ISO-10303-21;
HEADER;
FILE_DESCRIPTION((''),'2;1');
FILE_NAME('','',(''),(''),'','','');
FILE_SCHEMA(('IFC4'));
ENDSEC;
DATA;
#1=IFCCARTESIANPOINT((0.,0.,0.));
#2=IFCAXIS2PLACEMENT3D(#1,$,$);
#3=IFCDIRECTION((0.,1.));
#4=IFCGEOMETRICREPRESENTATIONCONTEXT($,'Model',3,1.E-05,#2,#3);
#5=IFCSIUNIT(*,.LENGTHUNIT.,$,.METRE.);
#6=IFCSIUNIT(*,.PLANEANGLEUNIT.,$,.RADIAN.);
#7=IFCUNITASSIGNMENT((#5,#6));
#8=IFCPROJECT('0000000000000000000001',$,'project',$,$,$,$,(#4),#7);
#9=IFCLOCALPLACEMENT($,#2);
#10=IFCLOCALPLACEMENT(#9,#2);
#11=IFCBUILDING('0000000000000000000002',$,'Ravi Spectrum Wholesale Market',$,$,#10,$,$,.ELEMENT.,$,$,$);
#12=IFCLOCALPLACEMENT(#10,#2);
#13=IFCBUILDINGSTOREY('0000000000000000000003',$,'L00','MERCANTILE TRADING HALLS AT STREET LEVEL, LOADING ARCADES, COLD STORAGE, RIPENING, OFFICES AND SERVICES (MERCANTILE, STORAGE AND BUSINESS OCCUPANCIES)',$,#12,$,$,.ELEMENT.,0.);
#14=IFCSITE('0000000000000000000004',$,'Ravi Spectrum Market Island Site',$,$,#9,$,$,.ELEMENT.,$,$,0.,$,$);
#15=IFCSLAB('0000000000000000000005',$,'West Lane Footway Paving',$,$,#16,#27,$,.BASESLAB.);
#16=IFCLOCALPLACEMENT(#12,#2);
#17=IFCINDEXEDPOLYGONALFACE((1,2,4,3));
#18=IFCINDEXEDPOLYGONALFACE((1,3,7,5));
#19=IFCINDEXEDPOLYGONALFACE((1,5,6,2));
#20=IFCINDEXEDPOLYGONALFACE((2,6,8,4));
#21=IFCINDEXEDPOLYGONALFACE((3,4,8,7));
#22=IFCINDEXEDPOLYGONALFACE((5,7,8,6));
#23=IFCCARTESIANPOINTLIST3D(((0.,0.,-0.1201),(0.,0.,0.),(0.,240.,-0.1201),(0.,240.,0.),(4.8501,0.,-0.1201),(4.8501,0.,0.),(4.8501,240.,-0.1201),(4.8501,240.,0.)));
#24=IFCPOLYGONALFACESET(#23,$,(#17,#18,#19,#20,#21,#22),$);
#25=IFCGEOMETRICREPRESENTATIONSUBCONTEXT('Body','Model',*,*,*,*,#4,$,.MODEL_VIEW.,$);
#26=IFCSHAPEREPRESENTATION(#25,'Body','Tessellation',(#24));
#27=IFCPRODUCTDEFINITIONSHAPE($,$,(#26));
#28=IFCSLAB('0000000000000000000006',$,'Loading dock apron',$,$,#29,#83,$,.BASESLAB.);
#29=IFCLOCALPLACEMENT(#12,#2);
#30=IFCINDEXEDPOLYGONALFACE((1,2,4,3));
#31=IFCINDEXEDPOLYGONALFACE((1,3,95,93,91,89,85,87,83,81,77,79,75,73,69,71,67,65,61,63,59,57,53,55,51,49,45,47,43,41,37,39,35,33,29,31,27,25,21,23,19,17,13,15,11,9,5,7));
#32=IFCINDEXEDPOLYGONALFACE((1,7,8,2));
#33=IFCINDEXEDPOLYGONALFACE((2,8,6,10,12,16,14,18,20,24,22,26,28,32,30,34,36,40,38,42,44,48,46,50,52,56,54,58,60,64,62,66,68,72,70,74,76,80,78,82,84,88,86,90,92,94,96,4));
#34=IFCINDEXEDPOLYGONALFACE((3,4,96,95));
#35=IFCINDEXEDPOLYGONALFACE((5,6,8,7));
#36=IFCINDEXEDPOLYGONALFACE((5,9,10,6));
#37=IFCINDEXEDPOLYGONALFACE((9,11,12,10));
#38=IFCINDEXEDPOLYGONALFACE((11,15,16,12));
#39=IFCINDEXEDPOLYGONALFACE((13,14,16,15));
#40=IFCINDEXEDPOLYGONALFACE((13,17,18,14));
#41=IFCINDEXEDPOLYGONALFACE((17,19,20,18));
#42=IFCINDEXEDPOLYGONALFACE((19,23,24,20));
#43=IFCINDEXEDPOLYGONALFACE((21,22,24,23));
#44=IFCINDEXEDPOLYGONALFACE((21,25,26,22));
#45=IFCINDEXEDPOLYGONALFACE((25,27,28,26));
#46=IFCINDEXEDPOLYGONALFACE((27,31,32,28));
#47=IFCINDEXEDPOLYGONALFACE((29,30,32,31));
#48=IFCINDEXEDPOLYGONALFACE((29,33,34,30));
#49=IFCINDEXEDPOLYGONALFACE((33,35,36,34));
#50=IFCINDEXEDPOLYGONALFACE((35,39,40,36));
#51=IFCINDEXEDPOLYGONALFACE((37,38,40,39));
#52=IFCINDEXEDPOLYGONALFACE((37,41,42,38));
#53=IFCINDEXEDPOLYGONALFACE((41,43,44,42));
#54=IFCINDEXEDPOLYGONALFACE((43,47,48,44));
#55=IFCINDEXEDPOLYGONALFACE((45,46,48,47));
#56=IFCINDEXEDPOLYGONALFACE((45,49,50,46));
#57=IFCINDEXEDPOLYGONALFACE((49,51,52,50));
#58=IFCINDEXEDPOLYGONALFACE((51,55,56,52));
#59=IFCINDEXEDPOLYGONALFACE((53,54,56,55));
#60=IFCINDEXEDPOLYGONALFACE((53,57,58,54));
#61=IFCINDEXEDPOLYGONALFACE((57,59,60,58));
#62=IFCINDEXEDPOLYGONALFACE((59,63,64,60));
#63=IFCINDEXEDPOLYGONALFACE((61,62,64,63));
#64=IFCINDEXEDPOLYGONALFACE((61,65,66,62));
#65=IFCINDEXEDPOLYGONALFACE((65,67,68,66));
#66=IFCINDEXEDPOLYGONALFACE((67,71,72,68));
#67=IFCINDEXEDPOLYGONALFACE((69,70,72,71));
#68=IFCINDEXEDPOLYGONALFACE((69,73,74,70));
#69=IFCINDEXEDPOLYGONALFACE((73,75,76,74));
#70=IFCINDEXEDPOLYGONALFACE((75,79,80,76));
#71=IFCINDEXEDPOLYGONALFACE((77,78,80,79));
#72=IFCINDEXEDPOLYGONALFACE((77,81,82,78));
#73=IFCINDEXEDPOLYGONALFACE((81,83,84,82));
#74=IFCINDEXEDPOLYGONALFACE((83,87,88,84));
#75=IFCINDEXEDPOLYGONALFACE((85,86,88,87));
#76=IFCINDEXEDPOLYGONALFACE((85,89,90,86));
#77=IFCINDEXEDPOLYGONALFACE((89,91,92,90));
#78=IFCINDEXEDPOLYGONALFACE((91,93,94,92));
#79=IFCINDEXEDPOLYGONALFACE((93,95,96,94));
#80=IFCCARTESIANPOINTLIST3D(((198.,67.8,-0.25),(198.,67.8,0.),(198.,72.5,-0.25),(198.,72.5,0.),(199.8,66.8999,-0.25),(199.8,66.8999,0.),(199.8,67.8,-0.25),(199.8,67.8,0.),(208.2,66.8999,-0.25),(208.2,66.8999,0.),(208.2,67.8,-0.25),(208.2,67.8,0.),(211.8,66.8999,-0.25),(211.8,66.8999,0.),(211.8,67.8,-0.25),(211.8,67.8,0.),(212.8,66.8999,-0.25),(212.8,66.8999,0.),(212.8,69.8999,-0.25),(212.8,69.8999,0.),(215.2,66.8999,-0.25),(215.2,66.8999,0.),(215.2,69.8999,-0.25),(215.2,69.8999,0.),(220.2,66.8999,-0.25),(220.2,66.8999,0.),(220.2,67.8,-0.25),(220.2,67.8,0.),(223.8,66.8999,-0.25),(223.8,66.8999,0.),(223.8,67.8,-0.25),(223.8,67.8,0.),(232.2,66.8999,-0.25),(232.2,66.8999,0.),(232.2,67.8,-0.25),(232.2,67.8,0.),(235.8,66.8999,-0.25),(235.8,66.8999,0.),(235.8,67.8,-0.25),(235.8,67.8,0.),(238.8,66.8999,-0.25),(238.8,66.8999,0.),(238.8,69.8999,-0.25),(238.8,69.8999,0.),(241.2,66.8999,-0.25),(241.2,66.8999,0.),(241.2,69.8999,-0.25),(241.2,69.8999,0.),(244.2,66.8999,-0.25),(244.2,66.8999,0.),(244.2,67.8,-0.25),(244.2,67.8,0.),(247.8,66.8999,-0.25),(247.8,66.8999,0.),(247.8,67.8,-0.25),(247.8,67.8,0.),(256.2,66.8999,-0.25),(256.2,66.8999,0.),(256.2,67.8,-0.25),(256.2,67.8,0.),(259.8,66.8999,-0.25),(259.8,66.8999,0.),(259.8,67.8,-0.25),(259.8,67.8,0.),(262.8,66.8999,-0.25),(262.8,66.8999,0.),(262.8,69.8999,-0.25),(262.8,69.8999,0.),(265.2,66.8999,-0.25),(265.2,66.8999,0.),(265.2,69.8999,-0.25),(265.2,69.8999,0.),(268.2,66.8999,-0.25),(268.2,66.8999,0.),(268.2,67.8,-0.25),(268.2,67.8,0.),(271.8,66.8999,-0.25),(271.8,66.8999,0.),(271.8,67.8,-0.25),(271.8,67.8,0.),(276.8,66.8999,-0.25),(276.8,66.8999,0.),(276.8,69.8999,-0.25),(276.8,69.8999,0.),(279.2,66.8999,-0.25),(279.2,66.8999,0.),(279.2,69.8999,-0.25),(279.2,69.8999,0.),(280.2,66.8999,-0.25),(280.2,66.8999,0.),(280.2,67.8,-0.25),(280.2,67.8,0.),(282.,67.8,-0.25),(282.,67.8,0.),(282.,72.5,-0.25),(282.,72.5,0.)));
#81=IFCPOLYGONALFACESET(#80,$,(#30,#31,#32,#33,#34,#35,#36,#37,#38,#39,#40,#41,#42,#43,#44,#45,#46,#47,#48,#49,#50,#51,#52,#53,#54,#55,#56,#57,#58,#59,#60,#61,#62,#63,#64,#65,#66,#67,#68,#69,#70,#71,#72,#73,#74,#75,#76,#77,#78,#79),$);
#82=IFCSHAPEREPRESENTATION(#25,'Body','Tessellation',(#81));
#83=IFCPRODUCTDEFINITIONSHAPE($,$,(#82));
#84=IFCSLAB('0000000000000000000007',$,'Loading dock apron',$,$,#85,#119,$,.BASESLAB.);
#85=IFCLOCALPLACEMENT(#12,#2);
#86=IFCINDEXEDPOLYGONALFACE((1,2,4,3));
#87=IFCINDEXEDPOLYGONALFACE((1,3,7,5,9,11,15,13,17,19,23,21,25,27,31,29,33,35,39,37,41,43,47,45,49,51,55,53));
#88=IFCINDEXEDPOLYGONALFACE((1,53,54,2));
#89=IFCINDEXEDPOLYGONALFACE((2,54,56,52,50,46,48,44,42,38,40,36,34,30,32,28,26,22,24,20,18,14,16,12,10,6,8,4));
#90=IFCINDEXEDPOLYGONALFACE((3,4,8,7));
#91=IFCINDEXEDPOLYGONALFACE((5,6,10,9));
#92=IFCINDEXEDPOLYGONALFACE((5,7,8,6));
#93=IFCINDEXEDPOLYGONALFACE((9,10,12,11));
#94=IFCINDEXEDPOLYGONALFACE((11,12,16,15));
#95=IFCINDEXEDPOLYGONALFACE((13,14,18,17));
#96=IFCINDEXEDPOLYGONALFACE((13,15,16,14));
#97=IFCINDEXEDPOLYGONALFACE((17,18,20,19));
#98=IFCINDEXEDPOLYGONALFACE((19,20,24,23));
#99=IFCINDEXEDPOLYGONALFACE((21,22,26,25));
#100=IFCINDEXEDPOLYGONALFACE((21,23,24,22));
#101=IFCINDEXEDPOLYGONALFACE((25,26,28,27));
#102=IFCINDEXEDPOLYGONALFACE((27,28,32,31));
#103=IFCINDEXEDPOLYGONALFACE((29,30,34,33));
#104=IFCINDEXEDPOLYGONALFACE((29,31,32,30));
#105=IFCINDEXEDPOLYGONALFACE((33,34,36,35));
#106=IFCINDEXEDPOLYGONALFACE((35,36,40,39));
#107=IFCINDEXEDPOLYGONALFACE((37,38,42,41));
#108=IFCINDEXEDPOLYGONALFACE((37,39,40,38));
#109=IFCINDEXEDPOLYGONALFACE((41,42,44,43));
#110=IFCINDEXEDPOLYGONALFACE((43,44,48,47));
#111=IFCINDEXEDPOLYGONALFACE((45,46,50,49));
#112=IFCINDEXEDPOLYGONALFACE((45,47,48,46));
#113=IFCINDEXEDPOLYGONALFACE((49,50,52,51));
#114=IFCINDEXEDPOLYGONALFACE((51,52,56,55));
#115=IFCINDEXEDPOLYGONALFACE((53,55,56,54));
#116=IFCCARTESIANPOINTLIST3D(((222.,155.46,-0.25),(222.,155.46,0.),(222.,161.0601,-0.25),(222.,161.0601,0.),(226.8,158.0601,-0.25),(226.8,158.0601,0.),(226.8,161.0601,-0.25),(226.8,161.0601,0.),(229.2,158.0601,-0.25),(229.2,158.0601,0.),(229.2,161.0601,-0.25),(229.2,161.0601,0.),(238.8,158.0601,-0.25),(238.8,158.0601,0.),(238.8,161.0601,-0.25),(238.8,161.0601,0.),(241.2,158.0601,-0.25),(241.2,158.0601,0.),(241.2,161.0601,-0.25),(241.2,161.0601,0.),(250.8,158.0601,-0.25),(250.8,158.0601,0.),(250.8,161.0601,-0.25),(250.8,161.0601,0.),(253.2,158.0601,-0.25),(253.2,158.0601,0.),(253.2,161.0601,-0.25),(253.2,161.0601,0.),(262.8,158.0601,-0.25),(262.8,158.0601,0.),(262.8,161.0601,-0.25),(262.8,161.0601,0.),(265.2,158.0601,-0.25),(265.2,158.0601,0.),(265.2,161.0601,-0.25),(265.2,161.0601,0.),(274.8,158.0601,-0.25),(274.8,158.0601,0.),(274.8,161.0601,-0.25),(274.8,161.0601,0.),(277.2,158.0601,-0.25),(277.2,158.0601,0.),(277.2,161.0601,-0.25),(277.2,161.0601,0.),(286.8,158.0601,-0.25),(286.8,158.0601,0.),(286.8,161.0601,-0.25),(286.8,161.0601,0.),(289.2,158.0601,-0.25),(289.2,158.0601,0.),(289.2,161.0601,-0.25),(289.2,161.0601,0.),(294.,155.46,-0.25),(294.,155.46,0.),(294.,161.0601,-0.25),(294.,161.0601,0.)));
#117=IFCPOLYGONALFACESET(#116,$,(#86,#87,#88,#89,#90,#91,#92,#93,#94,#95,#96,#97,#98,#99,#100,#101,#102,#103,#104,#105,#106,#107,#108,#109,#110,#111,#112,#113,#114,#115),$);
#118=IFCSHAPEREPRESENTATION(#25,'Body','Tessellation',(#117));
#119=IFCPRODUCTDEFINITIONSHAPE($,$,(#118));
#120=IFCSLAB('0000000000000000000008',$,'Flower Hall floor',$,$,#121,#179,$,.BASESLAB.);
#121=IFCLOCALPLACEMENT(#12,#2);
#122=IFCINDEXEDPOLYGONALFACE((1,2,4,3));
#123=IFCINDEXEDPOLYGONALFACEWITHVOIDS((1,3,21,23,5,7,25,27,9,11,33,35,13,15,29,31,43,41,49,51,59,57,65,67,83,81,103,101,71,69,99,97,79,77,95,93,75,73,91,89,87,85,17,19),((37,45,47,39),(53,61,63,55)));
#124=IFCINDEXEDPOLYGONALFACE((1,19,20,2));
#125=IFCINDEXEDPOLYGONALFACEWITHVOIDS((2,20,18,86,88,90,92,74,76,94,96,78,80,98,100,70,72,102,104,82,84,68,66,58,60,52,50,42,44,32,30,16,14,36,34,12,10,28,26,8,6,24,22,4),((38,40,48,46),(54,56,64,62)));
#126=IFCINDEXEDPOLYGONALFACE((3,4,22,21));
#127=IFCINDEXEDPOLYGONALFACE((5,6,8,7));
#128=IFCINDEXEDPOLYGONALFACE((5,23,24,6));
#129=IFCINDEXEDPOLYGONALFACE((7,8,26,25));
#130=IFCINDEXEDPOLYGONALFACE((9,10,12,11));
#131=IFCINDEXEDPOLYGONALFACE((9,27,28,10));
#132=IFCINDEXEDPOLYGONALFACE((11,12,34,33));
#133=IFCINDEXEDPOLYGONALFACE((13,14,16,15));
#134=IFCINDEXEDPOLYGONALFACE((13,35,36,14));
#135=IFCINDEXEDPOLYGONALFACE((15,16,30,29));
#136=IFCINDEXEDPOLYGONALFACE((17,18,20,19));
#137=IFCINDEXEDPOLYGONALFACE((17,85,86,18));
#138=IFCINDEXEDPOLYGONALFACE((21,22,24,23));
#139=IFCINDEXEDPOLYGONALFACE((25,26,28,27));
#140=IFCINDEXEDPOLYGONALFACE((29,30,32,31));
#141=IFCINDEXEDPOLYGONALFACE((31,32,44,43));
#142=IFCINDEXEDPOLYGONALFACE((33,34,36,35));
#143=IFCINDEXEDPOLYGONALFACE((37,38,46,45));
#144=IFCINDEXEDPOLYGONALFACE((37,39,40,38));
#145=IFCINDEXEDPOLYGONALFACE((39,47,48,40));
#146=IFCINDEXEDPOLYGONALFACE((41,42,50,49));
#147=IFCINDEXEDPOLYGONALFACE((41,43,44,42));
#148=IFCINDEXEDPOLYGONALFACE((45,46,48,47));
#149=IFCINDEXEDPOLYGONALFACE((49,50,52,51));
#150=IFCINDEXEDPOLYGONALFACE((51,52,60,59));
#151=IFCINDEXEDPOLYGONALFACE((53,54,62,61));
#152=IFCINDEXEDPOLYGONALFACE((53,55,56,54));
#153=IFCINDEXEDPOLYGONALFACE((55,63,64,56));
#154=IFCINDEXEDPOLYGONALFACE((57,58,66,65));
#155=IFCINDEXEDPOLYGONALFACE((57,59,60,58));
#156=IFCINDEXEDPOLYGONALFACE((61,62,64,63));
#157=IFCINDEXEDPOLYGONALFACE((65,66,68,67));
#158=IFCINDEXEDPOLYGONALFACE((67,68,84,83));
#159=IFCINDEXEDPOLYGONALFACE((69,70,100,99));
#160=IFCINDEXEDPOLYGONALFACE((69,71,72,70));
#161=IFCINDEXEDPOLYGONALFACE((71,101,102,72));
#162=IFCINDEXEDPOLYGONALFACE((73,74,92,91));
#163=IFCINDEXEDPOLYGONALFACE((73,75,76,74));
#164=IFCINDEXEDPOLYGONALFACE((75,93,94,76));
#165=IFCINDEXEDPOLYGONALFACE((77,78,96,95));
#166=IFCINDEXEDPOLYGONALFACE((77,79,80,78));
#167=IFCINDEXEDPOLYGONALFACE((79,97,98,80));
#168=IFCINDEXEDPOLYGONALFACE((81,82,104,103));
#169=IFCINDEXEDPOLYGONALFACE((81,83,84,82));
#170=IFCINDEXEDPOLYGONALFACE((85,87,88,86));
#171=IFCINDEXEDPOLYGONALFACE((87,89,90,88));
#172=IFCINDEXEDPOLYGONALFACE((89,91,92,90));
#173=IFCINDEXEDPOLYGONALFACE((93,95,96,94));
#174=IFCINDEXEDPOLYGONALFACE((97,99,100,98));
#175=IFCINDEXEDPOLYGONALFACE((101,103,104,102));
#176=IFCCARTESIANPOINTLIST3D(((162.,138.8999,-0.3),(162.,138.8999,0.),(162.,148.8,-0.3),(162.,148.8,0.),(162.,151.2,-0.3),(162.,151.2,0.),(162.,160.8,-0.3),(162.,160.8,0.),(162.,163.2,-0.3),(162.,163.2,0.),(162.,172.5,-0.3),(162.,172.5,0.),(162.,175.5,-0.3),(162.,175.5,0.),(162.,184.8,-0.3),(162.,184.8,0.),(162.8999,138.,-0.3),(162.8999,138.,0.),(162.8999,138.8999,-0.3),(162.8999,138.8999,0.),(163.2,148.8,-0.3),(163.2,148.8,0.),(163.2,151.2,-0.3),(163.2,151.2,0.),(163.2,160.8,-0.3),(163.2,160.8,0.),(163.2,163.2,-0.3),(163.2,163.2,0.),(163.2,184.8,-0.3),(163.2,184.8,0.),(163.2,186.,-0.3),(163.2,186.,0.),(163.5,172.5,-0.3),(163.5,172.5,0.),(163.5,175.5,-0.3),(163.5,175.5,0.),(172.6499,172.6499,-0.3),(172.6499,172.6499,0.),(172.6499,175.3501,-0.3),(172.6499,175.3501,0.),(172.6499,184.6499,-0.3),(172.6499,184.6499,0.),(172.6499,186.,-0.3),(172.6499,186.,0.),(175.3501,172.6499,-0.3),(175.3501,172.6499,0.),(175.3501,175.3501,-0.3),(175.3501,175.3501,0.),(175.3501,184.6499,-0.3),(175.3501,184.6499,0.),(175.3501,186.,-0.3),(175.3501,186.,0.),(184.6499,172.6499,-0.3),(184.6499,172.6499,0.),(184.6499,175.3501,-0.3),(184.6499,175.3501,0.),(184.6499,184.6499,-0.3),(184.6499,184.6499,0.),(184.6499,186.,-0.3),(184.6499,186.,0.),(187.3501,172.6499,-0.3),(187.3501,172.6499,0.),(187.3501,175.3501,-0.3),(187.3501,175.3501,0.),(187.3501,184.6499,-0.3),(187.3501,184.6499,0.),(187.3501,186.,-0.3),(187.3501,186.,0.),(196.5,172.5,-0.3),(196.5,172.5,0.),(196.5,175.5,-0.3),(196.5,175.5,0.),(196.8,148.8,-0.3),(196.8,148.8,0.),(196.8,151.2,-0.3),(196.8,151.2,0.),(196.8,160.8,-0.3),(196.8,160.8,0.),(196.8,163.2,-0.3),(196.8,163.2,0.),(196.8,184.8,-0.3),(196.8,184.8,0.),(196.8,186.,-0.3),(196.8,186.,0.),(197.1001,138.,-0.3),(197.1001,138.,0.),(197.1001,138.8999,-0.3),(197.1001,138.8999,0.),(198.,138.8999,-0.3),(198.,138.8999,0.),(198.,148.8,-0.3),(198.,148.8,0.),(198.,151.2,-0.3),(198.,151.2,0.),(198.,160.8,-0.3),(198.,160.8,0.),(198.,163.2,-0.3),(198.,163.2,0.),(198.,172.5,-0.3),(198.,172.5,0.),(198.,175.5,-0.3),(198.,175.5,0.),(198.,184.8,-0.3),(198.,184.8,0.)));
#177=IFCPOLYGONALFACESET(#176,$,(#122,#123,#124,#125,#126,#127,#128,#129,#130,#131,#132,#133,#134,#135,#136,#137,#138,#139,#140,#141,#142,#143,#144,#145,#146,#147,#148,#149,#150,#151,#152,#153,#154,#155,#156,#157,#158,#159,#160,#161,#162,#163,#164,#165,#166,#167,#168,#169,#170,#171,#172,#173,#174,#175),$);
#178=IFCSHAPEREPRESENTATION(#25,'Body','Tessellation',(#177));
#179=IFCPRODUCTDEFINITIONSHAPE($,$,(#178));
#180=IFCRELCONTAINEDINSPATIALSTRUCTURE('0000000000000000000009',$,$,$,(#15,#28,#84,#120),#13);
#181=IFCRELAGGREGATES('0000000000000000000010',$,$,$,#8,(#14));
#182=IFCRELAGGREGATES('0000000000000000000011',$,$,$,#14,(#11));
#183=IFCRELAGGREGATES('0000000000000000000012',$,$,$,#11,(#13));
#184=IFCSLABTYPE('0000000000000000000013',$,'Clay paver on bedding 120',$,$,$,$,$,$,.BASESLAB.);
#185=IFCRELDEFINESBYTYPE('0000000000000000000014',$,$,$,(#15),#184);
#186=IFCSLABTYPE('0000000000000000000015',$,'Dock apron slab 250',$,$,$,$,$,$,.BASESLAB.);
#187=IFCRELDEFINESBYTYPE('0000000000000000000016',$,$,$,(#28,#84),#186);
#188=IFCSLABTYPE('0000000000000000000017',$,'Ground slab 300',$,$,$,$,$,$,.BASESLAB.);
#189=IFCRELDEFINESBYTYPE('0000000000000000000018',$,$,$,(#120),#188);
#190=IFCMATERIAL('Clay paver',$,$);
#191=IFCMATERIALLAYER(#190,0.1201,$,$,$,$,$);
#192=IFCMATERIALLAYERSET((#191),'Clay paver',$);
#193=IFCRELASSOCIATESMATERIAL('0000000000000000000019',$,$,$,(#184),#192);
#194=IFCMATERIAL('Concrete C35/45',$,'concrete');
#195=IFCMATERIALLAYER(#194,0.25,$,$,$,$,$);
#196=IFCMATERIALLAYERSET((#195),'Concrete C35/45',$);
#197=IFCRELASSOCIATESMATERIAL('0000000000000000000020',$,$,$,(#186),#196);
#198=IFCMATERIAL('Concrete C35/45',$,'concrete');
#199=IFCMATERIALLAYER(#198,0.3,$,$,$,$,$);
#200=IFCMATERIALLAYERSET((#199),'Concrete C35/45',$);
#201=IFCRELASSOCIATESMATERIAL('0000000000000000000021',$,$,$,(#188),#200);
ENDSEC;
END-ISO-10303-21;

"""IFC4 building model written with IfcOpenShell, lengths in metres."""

from ifc_helpers import new_model, si_unit, direction, frame, origin, place, context, subcontext, project, spatial, polyline, outline, extrude, material, layer, layer_set, type_object, element, save


model = new_model("IFC4")

# Units and contexts
model_context = context("Model", 3, precision=1e-05, world=origin(), true_north=direction((0.0, 1.0)))
body_context = subcontext(model_context, "Body", "Model", "MODEL_VIEW")
ifc_project = project(units=[si_unit("LENGTHUNIT", "METRE"), si_unit("PLANEANGLEUNIT", "RADIAN")], contexts=[model_context])

# Site, building, storey
site_placement = place(None, origin())
site = spatial("IfcSite", under=ifc_project, at=site_placement, Name="Ravi Spectrum Market Island Site", CompositionType="ELEMENT", RefElevation=0.0)
building_placement = place(site_placement, origin())
building = spatial("IfcBuilding", under=site, at=building_placement, Name="Ravi Spectrum Wholesale Market", CompositionType="ELEMENT")
storey_placement = place(building_placement, origin())
storey = spatial("IfcBuildingStorey", under=building, at=storey_placement, Name="L00", Description="MERCANTILE TRADING HALLS AT STREET LEVEL, LOADING ARCADES, COLD STORAGE, RIPENING, OFFICES AND SERVICES (MERCANTILE, STORAGE AND BUSINESS OCCUPANCIES)", CompositionType="ELEMENT", Elevation=0.0)

# Slabs
ifc_material_1 = material(Name="Clay paver")
ifc_layer_1 = layer(ifc_material_1, 0.1201)
ifc_layer_set_1 = layer_set([ifc_layer_1], Name="Clay paver")
slab_type_1 = type_object("IfcSlabType", Name="Clay paver on bedding 120", PredefinedType="BASESLAB", material=ifc_layer_set_1)
slab_1_placement = place(storey_placement, frame((0.0, 0.0, -0.1201)))
element("IfcSlab", 1, at=slab_1_placement, inside=storey, type_object=slab_type_1, Name="West Lane Footway Paving", PredefinedType="BASESLAB", context=body_context, shape_type="SweptSolid", body=[
    extrude(outline(polyline([(4.8501, 240.0), (0.0, 240.0), (0.0, 0.0), (4.8501, 0.0), (4.8501, 240.0)])), origin(), (0.0, 0.0, 1.0), 0.1201),
])
ifc_material_2 = material(Name="Concrete C35/45", Category="concrete")
ifc_layer_2 = layer(ifc_material_2, 0.25)
ifc_layer_set_2 = layer_set([ifc_layer_2], Name="Concrete C35/45")
slab_type_2 = type_object("IfcSlabType", Name="Dock apron slab 250", PredefinedType="BASESLAB", material=ifc_layer_set_2)
slab_2_placement = place(storey_placement, frame((0.0, 0.0, -0.25)))
element("IfcSlab", 2, at=slab_2_placement, inside=storey, type_object=slab_type_2, Name="Loading dock apron", PredefinedType="BASESLAB", context=body_context, shape_type="SweptSolid", body=[
    extrude(outline(polyline([(199.8, 66.8999), (199.8, 67.8), (198.0, 67.8), (198.0, 72.5), (282.0, 72.5), (282.0, 67.8), (280.2, 67.8), (280.2, 66.8999), (279.2, 66.8999), (279.2, 69.8999), (276.8, 69.8999), (276.8, 66.8999), (271.8, 66.8999), (271.8, 67.8), (268.2, 67.8), (268.2, 66.8999), (265.2, 66.8999), (265.2, 69.8999), (262.8, 69.8999), (262.8, 66.8999), (259.8, 66.8999), (259.8, 67.8), (256.2, 67.8), (256.2, 66.8999), (247.8, 66.8999), (247.8, 67.8), (244.2, 67.8), (244.2, 66.8999), (241.2, 66.8999), (241.2, 69.8999), (238.8, 69.8999), (238.8, 66.8999), (235.8, 66.8999), (235.8, 67.8), (232.2, 67.8), (232.2, 66.8999), (223.8, 66.8999), (223.8, 67.8), (220.2, 67.8), (220.2, 66.8999), (215.2, 66.8999), (215.2, 69.8999), (212.8, 69.8999), (212.8, 66.8999), (211.8, 66.8999), (211.8, 67.8), (208.2, 67.8), (208.2, 66.8999), (199.8, 66.8999)])), origin(), (0.0, 0.0, 1.0), 0.25),
])
slab_3_placement = place(storey_placement, frame((0.0, 0.0, -0.25)))
element("IfcSlab", 3, at=slab_3_placement, inside=storey, type_object=slab_type_2, Name="Loading dock apron", PredefinedType="BASESLAB", context=body_context, shape_type="SweptSolid", body=[
    extrude(outline(polyline([(229.2, 161.0601), (238.8, 161.0601), (238.8, 158.0601), (241.2, 158.0601), (241.2, 161.0601), (250.8, 161.0601), (250.8, 158.0601), (253.2, 158.0601), (253.2, 161.0601), (262.8, 161.0601), (262.8, 158.0601), (265.2, 158.0601), (265.2, 161.0601), (274.8, 161.0601), (274.8, 158.0601), (277.2, 158.0601), (277.2, 161.0601), (286.8, 161.0601), (286.8, 158.0601), (289.2, 158.0601), (289.2, 161.0601), (294.0, 161.0601), (294.0, 155.46), (222.0, 155.46), (222.0, 161.0601), (226.8, 161.0601), (226.8, 158.0601), (229.2, 158.0601), (229.2, 161.0601)])), origin(), (0.0, 0.0, 1.0), 0.25),
])
ifc_material_3 = material(Name="Concrete C35/45", Category="concrete")
ifc_layer_3 = layer(ifc_material_3, 0.3)
ifc_layer_set_3 = layer_set([ifc_layer_3], Name="Concrete C35/45")
slab_type_3 = type_object("IfcSlabType", Name="Ground slab 300", PredefinedType="BASESLAB", material=ifc_layer_set_3)
slab_4_placement = place(storey_placement, frame((0.0, 0.0, -0.3)))
element("IfcSlab", 4, at=slab_4_placement, inside=storey, type_object=slab_type_3, Name="Flower Hall floor", PredefinedType="BASESLAB", context=body_context, shape_type="SweptSolid", body=[
    extrude(outline(polyline([(162.8999, 138.0), (162.8999, 138.8999), (162.0, 138.8999), (162.0, 148.8), (163.2, 148.8), (163.2, 151.2), (162.0, 151.2), (162.0, 160.8), (163.2, 160.8), (163.2, 163.2), (162.0, 163.2), (162.0, 172.5), (163.5, 172.5), (163.5, 175.5), (162.0, 175.5), (162.0, 184.8), (163.2, 184.8), (163.2, 186.0), (172.6499, 186.0), (172.6499, 184.6499), (175.3501, 184.6499), (175.3501, 186.0), (184.6499, 186.0), (184.6499, 184.6499), (187.3501, 184.6499), (187.3501, 186.0), (196.8, 186.0), (196.8, 184.8), (198.0, 184.8), (198.0, 175.5), (196.5, 175.5), (196.5, 172.5), (198.0, 172.5), (198.0, 163.2), (196.8, 163.2), (196.8, 160.8), (198.0, 160.8), (198.0, 151.2), (196.8, 151.2), (196.8, 148.8), (198.0, 148.8), (198.0, 138.8999), (197.1001, 138.8999), (197.1001, 138.0), (162.8999, 138.0)]), holes=[polyline([(175.3501, 172.6499), (175.3501, 175.3501), (172.6499, 175.3501), (172.6499, 172.6499), (175.3501, 172.6499)]), polyline([(187.3501, 172.6499), (187.3501, 175.3501), (184.6499, 175.3501), (184.6499, 172.6499), (187.3501, 172.6499)])]), origin(), (0.0, 0.0, 1.0), 0.3),
])

save(model, "model.ifc")
